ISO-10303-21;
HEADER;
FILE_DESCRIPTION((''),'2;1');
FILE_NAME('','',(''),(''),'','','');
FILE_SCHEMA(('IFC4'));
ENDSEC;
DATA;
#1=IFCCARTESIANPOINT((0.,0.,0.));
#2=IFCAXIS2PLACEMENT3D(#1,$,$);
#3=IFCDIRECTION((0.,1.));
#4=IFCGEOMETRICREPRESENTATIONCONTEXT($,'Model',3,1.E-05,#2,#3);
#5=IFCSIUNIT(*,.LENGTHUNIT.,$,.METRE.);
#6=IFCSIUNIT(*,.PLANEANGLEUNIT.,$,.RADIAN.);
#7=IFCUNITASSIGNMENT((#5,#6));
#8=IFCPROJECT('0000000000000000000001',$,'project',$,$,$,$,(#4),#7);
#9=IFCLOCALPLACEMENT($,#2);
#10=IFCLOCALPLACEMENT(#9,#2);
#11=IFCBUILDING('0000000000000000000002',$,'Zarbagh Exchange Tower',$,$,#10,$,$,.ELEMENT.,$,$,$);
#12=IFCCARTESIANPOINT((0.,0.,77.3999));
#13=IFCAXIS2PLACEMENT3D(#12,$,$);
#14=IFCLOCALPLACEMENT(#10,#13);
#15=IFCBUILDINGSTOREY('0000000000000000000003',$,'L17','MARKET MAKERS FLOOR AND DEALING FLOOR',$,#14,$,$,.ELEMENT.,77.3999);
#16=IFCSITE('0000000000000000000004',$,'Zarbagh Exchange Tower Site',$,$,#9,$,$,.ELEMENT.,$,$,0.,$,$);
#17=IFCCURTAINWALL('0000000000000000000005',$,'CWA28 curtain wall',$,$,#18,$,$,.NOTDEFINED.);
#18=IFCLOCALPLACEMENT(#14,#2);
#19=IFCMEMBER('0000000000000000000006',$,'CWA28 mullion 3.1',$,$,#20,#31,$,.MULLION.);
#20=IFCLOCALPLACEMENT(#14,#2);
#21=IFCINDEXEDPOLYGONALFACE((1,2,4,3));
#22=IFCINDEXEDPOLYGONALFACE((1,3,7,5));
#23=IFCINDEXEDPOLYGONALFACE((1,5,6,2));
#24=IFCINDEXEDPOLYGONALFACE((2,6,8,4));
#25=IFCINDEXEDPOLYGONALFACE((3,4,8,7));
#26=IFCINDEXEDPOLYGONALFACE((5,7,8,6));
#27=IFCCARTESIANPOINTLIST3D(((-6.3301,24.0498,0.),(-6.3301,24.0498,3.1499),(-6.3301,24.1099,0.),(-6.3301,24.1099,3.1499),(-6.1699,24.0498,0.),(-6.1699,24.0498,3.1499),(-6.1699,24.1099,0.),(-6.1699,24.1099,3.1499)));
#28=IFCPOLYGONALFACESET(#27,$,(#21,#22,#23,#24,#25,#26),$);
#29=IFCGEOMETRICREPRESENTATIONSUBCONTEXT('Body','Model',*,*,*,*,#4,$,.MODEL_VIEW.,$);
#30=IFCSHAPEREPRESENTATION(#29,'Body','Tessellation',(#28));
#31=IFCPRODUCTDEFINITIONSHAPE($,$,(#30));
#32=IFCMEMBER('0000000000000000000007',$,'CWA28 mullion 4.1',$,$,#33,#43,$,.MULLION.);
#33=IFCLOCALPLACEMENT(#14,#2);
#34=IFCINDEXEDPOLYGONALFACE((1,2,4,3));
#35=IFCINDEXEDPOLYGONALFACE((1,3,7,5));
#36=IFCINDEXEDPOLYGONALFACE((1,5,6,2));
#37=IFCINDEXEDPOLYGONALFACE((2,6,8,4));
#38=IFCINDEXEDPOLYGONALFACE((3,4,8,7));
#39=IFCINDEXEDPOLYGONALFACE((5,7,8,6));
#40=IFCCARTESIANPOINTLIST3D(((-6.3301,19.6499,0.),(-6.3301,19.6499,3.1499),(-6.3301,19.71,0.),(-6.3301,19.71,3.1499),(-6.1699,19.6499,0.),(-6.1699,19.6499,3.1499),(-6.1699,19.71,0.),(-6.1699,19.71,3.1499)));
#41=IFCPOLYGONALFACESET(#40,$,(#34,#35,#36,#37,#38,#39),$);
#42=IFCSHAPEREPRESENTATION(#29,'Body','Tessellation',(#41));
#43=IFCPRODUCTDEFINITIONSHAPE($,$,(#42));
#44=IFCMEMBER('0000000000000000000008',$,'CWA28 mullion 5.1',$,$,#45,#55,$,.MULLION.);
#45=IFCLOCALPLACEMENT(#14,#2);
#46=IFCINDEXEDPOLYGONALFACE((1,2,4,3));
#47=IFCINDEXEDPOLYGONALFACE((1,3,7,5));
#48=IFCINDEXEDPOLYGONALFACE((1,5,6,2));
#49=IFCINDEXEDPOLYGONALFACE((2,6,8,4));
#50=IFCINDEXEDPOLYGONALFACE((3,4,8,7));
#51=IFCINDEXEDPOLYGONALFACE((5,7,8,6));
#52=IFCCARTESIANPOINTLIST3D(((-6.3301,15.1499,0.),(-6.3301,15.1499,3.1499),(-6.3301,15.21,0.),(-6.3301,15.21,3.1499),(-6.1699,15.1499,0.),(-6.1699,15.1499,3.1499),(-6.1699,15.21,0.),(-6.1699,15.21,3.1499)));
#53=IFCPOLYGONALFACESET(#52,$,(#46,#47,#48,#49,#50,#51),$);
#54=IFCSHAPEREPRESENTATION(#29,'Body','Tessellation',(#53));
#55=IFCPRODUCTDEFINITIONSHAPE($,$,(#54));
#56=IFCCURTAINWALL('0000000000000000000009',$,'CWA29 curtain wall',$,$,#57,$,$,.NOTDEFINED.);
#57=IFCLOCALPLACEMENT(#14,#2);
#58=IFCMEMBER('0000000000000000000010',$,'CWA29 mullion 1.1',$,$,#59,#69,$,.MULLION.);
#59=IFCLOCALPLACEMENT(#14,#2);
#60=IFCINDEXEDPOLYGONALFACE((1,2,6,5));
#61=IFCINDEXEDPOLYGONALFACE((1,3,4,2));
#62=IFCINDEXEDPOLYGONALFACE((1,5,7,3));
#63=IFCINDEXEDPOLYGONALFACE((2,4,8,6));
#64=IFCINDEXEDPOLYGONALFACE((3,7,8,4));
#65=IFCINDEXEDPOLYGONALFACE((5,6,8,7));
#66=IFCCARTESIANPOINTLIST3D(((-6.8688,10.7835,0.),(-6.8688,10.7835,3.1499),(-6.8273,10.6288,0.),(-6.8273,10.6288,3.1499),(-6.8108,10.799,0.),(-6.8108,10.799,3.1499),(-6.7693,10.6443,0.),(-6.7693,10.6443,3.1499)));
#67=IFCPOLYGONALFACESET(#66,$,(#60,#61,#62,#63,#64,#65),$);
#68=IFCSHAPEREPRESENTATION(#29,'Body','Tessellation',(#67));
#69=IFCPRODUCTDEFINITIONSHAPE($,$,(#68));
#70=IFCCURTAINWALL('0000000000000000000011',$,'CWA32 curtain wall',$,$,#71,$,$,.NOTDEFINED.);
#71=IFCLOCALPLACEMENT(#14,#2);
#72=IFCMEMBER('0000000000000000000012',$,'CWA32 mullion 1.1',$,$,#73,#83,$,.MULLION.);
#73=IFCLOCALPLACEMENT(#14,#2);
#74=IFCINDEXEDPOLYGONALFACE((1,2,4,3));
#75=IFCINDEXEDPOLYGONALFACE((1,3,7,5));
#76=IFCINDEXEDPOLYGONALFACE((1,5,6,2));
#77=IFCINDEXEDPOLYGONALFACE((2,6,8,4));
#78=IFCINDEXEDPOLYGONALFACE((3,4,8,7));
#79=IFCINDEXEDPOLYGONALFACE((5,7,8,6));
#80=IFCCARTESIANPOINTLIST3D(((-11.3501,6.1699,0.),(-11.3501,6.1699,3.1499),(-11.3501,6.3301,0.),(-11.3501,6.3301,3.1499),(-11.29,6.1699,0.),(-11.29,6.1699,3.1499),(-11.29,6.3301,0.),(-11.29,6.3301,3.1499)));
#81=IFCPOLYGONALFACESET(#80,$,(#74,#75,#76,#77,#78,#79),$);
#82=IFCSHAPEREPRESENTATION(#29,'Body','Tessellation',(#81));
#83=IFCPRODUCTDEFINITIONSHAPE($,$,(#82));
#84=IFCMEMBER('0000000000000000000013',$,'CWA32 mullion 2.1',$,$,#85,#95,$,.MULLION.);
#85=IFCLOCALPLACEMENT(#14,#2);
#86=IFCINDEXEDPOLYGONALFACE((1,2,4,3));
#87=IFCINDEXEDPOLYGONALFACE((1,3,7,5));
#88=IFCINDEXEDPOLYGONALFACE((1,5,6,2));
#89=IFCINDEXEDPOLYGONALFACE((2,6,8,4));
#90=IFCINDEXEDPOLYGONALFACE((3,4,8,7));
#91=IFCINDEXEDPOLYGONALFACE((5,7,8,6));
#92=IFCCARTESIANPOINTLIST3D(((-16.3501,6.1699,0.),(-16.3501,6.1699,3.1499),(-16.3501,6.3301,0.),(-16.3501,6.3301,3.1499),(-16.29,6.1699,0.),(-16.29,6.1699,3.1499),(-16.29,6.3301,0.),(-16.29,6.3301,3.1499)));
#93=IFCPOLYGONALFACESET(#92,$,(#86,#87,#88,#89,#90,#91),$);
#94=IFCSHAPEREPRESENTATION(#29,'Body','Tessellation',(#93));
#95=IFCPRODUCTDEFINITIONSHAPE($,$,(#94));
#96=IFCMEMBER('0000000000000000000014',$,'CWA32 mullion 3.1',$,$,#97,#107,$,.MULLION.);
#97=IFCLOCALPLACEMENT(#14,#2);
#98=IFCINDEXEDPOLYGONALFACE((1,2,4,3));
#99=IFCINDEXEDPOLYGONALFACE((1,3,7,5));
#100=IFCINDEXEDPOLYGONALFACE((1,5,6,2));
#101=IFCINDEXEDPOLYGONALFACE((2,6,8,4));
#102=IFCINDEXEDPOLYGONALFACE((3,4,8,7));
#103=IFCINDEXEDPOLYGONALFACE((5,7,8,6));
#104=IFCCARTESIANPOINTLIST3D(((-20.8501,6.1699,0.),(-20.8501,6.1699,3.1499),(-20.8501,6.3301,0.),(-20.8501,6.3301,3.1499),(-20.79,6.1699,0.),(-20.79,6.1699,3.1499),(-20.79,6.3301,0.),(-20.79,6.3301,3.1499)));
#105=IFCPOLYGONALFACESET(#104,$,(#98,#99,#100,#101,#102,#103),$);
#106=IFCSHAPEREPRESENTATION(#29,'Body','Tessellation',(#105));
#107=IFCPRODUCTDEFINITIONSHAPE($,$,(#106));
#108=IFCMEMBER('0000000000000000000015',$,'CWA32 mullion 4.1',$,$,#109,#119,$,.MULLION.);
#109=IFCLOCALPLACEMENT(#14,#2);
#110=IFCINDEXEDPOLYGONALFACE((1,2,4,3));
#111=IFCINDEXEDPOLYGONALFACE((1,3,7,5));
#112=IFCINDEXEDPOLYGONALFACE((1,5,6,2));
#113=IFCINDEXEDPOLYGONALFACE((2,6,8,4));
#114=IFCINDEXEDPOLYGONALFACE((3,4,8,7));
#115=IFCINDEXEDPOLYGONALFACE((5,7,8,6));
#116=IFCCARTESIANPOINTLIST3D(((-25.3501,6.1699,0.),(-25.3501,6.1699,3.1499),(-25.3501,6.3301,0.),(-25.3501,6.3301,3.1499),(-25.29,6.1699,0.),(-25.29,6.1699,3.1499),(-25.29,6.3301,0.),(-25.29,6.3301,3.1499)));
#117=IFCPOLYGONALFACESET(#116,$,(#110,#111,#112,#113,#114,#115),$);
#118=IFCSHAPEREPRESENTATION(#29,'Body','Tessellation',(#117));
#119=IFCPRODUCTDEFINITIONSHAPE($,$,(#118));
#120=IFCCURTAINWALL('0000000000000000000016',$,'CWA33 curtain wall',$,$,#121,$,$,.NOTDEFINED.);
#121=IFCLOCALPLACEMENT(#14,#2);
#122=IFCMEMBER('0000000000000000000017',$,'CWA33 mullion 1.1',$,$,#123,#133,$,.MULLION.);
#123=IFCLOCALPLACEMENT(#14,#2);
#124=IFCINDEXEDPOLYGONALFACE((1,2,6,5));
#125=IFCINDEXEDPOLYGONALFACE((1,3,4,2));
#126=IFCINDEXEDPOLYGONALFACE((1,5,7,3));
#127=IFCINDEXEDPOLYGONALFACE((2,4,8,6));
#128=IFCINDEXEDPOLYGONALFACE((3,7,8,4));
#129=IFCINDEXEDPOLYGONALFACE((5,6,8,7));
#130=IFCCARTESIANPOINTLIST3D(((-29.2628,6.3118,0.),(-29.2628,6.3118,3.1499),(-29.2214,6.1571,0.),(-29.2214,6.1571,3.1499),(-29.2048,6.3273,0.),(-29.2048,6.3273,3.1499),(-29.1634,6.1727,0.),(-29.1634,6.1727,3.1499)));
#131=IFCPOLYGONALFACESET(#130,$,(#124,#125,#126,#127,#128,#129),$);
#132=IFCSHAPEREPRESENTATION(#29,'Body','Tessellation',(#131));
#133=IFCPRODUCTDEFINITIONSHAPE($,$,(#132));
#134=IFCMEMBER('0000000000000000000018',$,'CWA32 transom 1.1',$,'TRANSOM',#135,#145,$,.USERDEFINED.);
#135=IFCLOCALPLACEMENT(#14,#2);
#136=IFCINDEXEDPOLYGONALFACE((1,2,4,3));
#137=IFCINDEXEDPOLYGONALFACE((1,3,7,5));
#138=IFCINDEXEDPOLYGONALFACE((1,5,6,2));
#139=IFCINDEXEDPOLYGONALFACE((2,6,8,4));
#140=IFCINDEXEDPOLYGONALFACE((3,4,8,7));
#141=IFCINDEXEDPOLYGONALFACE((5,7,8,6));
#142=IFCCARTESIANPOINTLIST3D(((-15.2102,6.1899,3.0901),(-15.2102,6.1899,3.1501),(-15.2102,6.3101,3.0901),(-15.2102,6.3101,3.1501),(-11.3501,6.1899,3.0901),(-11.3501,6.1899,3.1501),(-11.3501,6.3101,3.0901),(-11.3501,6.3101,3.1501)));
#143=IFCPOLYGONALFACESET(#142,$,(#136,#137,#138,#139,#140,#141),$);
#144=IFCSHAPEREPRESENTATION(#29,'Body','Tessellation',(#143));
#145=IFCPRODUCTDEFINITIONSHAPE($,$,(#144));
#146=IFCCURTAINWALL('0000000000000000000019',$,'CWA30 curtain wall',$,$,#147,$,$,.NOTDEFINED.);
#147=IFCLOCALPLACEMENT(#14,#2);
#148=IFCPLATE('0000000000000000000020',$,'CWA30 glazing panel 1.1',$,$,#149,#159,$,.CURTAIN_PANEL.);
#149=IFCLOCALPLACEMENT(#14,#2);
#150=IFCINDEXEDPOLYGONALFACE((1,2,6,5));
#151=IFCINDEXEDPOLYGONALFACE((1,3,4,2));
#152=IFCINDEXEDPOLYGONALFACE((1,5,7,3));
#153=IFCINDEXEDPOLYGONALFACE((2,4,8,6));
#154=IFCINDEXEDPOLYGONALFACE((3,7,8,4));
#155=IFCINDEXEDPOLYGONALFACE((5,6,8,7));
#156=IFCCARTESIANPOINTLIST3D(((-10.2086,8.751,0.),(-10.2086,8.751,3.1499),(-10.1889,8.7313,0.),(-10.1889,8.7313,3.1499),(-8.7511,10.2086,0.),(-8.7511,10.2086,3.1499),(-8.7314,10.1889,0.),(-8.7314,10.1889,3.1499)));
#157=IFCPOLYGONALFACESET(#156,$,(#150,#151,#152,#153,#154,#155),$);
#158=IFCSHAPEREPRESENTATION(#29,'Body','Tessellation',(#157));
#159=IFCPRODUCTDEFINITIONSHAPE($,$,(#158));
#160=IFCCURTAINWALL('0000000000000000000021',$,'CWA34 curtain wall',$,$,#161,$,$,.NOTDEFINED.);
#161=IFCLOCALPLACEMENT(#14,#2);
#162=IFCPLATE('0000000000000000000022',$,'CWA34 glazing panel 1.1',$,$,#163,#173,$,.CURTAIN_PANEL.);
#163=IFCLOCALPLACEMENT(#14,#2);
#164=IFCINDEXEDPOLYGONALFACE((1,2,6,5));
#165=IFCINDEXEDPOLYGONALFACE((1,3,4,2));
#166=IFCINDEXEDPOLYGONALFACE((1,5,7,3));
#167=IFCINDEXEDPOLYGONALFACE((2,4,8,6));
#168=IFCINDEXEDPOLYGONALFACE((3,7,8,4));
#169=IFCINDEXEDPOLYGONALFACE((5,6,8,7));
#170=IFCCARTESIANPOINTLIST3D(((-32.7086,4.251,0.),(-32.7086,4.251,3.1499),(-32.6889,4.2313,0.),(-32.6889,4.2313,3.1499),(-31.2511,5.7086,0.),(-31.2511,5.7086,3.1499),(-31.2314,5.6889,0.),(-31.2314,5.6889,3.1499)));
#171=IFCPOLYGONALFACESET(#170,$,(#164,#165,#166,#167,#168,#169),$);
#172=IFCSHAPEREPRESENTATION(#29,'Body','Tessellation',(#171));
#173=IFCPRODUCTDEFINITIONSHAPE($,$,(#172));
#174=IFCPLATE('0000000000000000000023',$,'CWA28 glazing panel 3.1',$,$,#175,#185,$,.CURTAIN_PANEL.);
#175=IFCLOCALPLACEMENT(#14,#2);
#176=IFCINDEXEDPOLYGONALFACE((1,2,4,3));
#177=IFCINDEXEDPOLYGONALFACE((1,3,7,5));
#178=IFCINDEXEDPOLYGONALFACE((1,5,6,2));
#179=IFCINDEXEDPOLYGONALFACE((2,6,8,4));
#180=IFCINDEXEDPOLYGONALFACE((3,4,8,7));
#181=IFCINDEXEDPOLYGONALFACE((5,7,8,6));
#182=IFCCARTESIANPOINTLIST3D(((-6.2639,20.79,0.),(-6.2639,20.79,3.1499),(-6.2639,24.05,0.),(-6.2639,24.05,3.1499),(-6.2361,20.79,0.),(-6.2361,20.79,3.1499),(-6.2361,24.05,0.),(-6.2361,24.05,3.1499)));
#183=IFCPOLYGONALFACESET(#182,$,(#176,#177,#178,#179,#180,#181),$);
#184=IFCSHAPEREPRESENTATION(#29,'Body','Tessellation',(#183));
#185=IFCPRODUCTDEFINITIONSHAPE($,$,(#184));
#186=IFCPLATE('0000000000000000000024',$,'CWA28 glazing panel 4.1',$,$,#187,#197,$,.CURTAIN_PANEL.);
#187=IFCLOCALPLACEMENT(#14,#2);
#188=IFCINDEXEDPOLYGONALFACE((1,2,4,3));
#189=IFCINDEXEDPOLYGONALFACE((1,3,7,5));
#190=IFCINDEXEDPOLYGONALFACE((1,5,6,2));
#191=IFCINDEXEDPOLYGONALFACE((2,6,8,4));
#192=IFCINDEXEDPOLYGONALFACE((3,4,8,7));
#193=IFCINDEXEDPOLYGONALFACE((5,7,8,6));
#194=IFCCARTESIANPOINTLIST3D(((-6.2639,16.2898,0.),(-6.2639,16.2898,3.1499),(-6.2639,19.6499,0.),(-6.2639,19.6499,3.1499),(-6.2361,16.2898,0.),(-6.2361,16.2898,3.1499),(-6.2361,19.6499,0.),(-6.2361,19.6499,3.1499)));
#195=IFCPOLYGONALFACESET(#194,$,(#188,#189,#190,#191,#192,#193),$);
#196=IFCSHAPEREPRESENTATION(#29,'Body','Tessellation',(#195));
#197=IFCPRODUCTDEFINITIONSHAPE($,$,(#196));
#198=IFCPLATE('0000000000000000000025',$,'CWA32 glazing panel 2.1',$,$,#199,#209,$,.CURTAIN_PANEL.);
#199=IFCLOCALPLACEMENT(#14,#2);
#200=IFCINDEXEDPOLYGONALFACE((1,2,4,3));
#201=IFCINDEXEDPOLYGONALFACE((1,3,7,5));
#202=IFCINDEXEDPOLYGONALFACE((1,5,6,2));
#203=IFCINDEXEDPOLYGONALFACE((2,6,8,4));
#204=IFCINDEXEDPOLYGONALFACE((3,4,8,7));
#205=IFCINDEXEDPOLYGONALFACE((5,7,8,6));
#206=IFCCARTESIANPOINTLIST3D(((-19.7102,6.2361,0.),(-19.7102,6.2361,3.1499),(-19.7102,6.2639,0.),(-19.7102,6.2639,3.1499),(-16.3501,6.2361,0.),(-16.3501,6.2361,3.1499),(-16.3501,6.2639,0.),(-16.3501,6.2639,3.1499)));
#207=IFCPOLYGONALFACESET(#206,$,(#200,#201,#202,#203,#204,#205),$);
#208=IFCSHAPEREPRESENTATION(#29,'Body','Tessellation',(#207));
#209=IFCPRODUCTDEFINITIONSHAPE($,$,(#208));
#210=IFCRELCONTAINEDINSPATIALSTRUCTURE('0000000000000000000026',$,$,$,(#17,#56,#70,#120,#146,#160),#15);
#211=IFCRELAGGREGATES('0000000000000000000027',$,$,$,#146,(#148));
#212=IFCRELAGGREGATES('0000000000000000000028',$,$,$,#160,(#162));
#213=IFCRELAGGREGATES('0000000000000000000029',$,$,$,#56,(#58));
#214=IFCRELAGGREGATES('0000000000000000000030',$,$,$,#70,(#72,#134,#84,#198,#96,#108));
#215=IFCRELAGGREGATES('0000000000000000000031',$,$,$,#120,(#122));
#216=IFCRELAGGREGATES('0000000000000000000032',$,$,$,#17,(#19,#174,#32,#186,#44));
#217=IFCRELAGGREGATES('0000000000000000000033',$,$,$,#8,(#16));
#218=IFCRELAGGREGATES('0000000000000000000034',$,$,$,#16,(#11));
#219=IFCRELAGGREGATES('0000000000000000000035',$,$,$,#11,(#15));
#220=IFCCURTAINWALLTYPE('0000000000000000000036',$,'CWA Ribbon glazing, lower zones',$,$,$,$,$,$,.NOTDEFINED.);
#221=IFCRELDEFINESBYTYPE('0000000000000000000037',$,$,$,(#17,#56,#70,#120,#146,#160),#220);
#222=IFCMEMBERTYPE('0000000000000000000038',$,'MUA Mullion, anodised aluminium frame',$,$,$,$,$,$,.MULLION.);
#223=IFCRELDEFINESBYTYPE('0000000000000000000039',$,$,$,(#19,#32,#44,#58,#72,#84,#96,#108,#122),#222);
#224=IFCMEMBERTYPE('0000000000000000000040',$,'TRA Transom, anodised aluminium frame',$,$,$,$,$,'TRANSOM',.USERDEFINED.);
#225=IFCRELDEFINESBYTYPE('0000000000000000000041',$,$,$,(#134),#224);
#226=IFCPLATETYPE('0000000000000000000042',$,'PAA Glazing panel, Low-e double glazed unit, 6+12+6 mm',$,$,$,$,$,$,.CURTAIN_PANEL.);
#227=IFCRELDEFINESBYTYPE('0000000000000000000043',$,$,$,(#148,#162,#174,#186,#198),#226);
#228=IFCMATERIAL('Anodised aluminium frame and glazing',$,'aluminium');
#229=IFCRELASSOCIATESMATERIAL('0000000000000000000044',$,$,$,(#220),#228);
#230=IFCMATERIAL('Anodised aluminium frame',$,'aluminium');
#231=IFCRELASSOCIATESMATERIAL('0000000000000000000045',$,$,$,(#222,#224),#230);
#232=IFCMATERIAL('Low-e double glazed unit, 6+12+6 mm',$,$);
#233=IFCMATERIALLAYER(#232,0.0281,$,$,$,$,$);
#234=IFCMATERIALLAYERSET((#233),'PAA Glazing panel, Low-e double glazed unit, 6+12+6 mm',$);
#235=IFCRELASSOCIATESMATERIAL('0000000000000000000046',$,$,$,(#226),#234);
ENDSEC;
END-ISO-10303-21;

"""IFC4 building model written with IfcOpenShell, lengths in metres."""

from ifc_helpers import new_model, si_unit, direction, frame, origin, place, context, subcontext, project, spatial, polyline, outline, extrude, source, transform, mapped, material, layer, layer_set, type_object, element, aggregate, save


model = new_model("IFC4")

# Units and contexts
model_context = context("Model", 3, precision=1e-05, world=origin(), true_north=direction((0.0, 1.0)))
body_context = subcontext(model_context, "Body", "Model", "MODEL_VIEW")
ifc_project = project(units=[si_unit("LENGTHUNIT", "METRE"), si_unit("PLANEANGLEUNIT", "RADIAN")], contexts=[model_context])

# Site, building, storey
site_placement = place(None, origin())
site = spatial("IfcSite", under=ifc_project, at=site_placement, Name="Zarbagh Exchange Tower Site", CompositionType="ELEMENT", RefElevation=0.0)
building_placement = place(site_placement, origin())
building = spatial("IfcBuilding", under=site, at=building_placement, Name="Zarbagh Exchange Tower", CompositionType="ELEMENT")
storey_placement = place(building_placement, frame((0.0, 0.0, 77.3999)))
storey = spatial("IfcBuildingStorey", under=building, at=storey_placement, Name="L17", Description="MARKET MAKERS FLOOR AND DEALING FLOOR", CompositionType="ELEMENT", Elevation=77.3999)

# Curtain wall, members
ifc_material_1 = material(Name="Anodised aluminium frame and glazing", Category="aluminium")
curtain_wall_type = type_object("IfcCurtainWallType", Name="CWA Ribbon glazing, lower zones", PredefinedType="NOTDEFINED", material=ifc_material_1)
curtain_wall_1_placement = place(storey_placement, origin())
curtain_wall_1 = element("IfcCurtainWall", 1, at=curtain_wall_1_placement, inside=storey, type_object=curtain_wall_type, Name="CWA28 curtain wall", PredefinedType="NOTDEFINED")
ifc_material_2 = material(Name="Anodised aluminium frame", Category="aluminium")
member_type_1 = type_object("IfcMemberType", Name="MUA Mullion, anodised aluminium frame", PredefinedType="MULLION", material=ifc_material_2)
shared_shape_1 = source(origin(), body_context, "Body", "SweptSolid", [
    extrude(outline(polyline([(0.0, -0.0801), (0.0601, -0.0801), (0.0601, 0.0801), (0.0, 0.0801), (0.0, -0.0801)])), origin(), (0.0, 0.0, 1.0), 3.1499),
])
placement = place(storey_placement, origin())
member_1 = element("IfcMember", 2, at=placement, type_object=member_type_1, Name="CWA28 mullion 3.1", PredefinedType="MULLION", context=body_context, shape_type="MappedRepresentation", body=[
    mapped(shared_shape_1, transform((-6.25, 24.1099, 0.0), x_axis=(0.0, -1.0, 0.0), y_axis=(1.0, 0.0, 0.0), z_axis=(0.0, 0.0, 1.0))),
])
member_2 = element("IfcMember", 3, at=placement, type_object=member_type_1, Name="CWA28 mullion 4.1", PredefinedType="MULLION", context=body_context, shape_type="MappedRepresentation", body=[
    mapped(shared_shape_1, transform((-6.25, 19.71, 0.0), x_axis=(0.0, -1.0, 0.0), y_axis=(1.0, 0.0, 0.0), z_axis=(0.0, 0.0, 1.0))),
])
member_3 = element("IfcMember", 4, at=placement, type_object=member_type_1, Name="CWA28 mullion 5.1", PredefinedType="MULLION", context=body_context, shape_type="MappedRepresentation", body=[
    mapped(shared_shape_1, transform((-6.25, 15.21, 0.0), x_axis=(0.0, -1.0, 0.0), y_axis=(1.0, 0.0, 0.0), z_axis=(0.0, 0.0, 1.0))),
])

# Curtain wall, member
curtain_wall_2_placement = place(storey_placement, origin())
curtain_wall_2 = element("IfcCurtainWall", 5, at=curtain_wall_2_placement, inside=storey, type_object=curtain_wall_type, Name="CWA29 curtain wall", PredefinedType="NOTDEFINED")
member_4 = element("IfcMember", 6, at=placement, type_object=member_type_1, Name="CWA29 mullion 1.1", PredefinedType="MULLION", context=body_context, shape_type="MappedRepresentation", body=[
    mapped(shared_shape_1, transform((-6.79, 10.7217, 0.0), x_axis=(-0.965924, -0.258825, 0.0), y_axis=(0.258825, -0.965924, 0.0), z_axis=(0.0, 0.0, 1.0))),
])

# Curtain wall, members
curtain_wall_3_placement = place(storey_placement, origin())
curtain_wall_3 = element("IfcCurtainWall", 7, at=curtain_wall_3_placement, inside=storey, type_object=curtain_wall_type, Name="CWA32 curtain wall", PredefinedType="NOTDEFINED")
member_5 = element("IfcMember", 8, at=placement, type_object=member_type_1, Name="CWA32 mullion 1.1", PredefinedType="MULLION", context=body_context, shape_type="MappedRepresentation", body=[
    mapped(shared_shape_1, transform((-11.29, 6.25, 0.0), x_axis=(-1.0, 0.0, 0.0), y_axis=(0.0, -1.0, 0.0), z_axis=(0.0, 0.0, 1.0))),
])
member_6 = element("IfcMember", 9, at=placement, type_object=member_type_1, Name="CWA32 mullion 2.1", PredefinedType="MULLION", context=body_context, shape_type="MappedRepresentation", body=[
    mapped(shared_shape_1, transform((-16.29, 6.25, 0.0), x_axis=(-1.0, 0.0, 0.0), y_axis=(0.0, -1.0, 0.0), z_axis=(0.0, 0.0, 1.0))),
])
member_7 = element("IfcMember", 10, at=placement, type_object=member_type_1, Name="CWA32 mullion 3.1", PredefinedType="MULLION", context=body_context, shape_type="MappedRepresentation", body=[
    mapped(shared_shape_1, transform((-20.79, 6.25, 0.0), x_axis=(-1.0, 0.0, 0.0), y_axis=(0.0, -1.0, 0.0), z_axis=(0.0, 0.0, 1.0))),
])
member_8 = element("IfcMember", 11, at=placement, type_object=member_type_1, Name="CWA32 mullion 4.1", PredefinedType="MULLION", context=body_context, shape_type="MappedRepresentation", body=[
    mapped(shared_shape_1, transform((-25.29, 6.25, 0.0), x_axis=(-1.0, 0.0, 0.0), y_axis=(0.0, -1.0, 0.0), z_axis=(0.0, 0.0, 1.0))),
])

# Curtain wall, member
curtain_wall_4_placement = place(storey_placement, origin())
curtain_wall_4 = element("IfcCurtainWall", 12, at=curtain_wall_4_placement, inside=storey, type_object=curtain_wall_type, Name="CWA33 curtain wall", PredefinedType="NOTDEFINED")
member_9 = element("IfcMember", 13, at=placement, type_object=member_type_1, Name="CWA33 mullion 1.1", PredefinedType="MULLION", context=body_context, shape_type="MappedRepresentation", body=[
    mapped(shared_shape_1, transform((-29.1841, 6.25, 0.0), x_axis=(-0.965924, -0.258825, 0.0), y_axis=(0.258825, -0.965924, 0.0), z_axis=(0.0, 0.0, 1.0))),
])

# Member
member_type_2 = type_object("IfcMemberType", Name="TRA Transom, anodised aluminium frame", ElementType="TRANSOM", PredefinedType="USERDEFINED", material=ifc_material_2)
shared_shape_2 = source(origin(), body_context, "Body", "SweptSolid", [
    extrude(outline(polyline([(-0.0601, -0.0601), (0.0, -0.0601), (0.0, 0.0601), (-0.0601, 0.0601), (-0.0601, -0.0601)])), origin(), (0.0, 0.0, 1.0), 3.8601),
])
member_10 = element("IfcMember", 14, at=placement, type_object=member_type_2, Name="CWA32 transom 1.1", ObjectType="TRANSOM", PredefinedType="USERDEFINED", context=body_context, shape_type="MappedRepresentation", body=[
    mapped(shared_shape_2, transform((-11.3501, 6.25, 3.1501), x_axis=(0.0, 0.0, 1.0), y_axis=(0.0, 1.0, 0.0), z_axis=(-1.0, 0.0, 0.0))),
])

# Curtain walls, plates
curtain_wall_5_placement = place(storey_placement, origin())
curtain_wall_5 = element("IfcCurtainWall", 15, at=curtain_wall_5_placement, inside=storey, type_object=curtain_wall_type, Name="CWA30 curtain wall", PredefinedType="NOTDEFINED")
ifc_material_3 = material(Name="Low-e double glazed unit, 6+12+6 mm")
ifc_layer = layer(ifc_material_3, 0.0281)
ifc_layer_set = layer_set([ifc_layer], Name="PAA Glazing panel, Low-e double glazed unit, 6+12+6 mm")
plate_type = type_object("IfcPlateType", Name="PAA Glazing panel, Low-e double glazed unit, 6+12+6 mm", PredefinedType="CURTAIN_PANEL", material=ifc_layer_set)
shared_shape_3 = source(origin(), body_context, "Body", "SweptSolid", [
    extrude(outline(polyline([(0.0, -0.0139), (2.0613, -0.0139), (2.0613, 0.0139), (0.0, 0.0139), (0.0, -0.0139)])), origin(), (0.0, 0.0, 1.0), 3.1499),
])
plate_1 = element("IfcPlate", 16, at=placement, type_object=plate_type, Name="CWA30 glazing panel 1.1", PredefinedType="CURTAIN_PANEL", context=body_context, shape_type="MappedRepresentation", body=[
    mapped(shared_shape_3, transform((-8.7412, 10.1987, 0.0), x_axis=(-0.707107, -0.707107, 0.0), y_axis=(0.707107, -0.707107, 0.0), z_axis=(0.0, 0.0, 1.0))),
])
aggregate(curtain_wall_5, [plate_1])
curtain_wall_6_placement = place(storey_placement, origin())
curtain_wall_6 = element("IfcCurtainWall", 17, at=curtain_wall_6_placement, inside=storey, type_object=curtain_wall_type, Name="CWA34 curtain wall", PredefinedType="NOTDEFINED")
plate_2 = element("IfcPlate", 18, at=placement, type_object=plate_type, Name="CWA34 glazing panel 1.1", PredefinedType="CURTAIN_PANEL", context=body_context, shape_type="MappedRepresentation", body=[
    mapped(shared_shape_3, transform((-31.2412, 5.6987, 0.0), x_axis=(-0.707107, -0.707107, 0.0), y_axis=(0.707107, -0.707107, 0.0), z_axis=(0.0, 0.0, 1.0))),
])
aggregate(curtain_wall_6, [plate_2])

# Plates
shared_shape_4 = source(origin(), body_context, "Body", "SweptSolid", [
    extrude(outline(polyline([(0.0, -0.0139), (3.26, -0.0139), (3.26, 0.0139), (0.0, 0.0139), (0.0, -0.0139)])), origin(), (0.0, 0.0, 1.0), 3.1499),
])
plate_3 = element("IfcPlate", 19, at=placement, type_object=plate_type, Name="CWA28 glazing panel 3.1", PredefinedType="CURTAIN_PANEL", context=body_context, shape_type="MappedRepresentation", body=[
    mapped(shared_shape_4, transform((-6.25, 24.05, 0.0), x_axis=(0.0, -1.0, 0.0), y_axis=(1.0, 0.0, 0.0), z_axis=(0.0, 0.0, 1.0))),
])
shared_shape_5 = source(origin(), body_context, "Body", "SweptSolid", [
    extrude(outline(polyline([(0.0, -0.0139), (3.3601, -0.0139), (3.3601, 0.0139), (0.0, 0.0139), (0.0, -0.0139)])), origin(), (0.0, 0.0, 1.0), 3.1499),
])
plate_4 = element("IfcPlate", 20, at=placement, type_object=plate_type, Name="CWA28 glazing panel 4.1", PredefinedType="CURTAIN_PANEL", context=body_context, shape_type="MappedRepresentation", body=[
    mapped(shared_shape_5, transform((-6.25, 19.6499, 0.0), x_axis=(0.0, -1.0, 0.0), y_axis=(1.0, 0.0, 0.0), z_axis=(0.0, 0.0, 1.0))),
])
plate_5 = element("IfcPlate", 21, at=placement, type_object=plate_type, Name="CWA32 glazing panel 2.1", PredefinedType="CURTAIN_PANEL", context=body_context, shape_type="MappedRepresentation", body=[
    mapped(shared_shape_5, transform((-16.3501, 6.25, 0.0), x_axis=(-1.0, 0.0, 0.0), y_axis=(0.0, -1.0, 0.0), z_axis=(0.0, 0.0, 1.0))),
])
aggregate(curtain_wall_2, [member_4])

aggregate(curtain_wall_3, [member_5, member_10, member_6, plate_5, member_7, member_8])
aggregate(curtain_wall_4, [member_9])

aggregate(curtain_wall_1, [member_1, plate_3, member_2, plate_4, member_3])

save(model, "model.ifc")
